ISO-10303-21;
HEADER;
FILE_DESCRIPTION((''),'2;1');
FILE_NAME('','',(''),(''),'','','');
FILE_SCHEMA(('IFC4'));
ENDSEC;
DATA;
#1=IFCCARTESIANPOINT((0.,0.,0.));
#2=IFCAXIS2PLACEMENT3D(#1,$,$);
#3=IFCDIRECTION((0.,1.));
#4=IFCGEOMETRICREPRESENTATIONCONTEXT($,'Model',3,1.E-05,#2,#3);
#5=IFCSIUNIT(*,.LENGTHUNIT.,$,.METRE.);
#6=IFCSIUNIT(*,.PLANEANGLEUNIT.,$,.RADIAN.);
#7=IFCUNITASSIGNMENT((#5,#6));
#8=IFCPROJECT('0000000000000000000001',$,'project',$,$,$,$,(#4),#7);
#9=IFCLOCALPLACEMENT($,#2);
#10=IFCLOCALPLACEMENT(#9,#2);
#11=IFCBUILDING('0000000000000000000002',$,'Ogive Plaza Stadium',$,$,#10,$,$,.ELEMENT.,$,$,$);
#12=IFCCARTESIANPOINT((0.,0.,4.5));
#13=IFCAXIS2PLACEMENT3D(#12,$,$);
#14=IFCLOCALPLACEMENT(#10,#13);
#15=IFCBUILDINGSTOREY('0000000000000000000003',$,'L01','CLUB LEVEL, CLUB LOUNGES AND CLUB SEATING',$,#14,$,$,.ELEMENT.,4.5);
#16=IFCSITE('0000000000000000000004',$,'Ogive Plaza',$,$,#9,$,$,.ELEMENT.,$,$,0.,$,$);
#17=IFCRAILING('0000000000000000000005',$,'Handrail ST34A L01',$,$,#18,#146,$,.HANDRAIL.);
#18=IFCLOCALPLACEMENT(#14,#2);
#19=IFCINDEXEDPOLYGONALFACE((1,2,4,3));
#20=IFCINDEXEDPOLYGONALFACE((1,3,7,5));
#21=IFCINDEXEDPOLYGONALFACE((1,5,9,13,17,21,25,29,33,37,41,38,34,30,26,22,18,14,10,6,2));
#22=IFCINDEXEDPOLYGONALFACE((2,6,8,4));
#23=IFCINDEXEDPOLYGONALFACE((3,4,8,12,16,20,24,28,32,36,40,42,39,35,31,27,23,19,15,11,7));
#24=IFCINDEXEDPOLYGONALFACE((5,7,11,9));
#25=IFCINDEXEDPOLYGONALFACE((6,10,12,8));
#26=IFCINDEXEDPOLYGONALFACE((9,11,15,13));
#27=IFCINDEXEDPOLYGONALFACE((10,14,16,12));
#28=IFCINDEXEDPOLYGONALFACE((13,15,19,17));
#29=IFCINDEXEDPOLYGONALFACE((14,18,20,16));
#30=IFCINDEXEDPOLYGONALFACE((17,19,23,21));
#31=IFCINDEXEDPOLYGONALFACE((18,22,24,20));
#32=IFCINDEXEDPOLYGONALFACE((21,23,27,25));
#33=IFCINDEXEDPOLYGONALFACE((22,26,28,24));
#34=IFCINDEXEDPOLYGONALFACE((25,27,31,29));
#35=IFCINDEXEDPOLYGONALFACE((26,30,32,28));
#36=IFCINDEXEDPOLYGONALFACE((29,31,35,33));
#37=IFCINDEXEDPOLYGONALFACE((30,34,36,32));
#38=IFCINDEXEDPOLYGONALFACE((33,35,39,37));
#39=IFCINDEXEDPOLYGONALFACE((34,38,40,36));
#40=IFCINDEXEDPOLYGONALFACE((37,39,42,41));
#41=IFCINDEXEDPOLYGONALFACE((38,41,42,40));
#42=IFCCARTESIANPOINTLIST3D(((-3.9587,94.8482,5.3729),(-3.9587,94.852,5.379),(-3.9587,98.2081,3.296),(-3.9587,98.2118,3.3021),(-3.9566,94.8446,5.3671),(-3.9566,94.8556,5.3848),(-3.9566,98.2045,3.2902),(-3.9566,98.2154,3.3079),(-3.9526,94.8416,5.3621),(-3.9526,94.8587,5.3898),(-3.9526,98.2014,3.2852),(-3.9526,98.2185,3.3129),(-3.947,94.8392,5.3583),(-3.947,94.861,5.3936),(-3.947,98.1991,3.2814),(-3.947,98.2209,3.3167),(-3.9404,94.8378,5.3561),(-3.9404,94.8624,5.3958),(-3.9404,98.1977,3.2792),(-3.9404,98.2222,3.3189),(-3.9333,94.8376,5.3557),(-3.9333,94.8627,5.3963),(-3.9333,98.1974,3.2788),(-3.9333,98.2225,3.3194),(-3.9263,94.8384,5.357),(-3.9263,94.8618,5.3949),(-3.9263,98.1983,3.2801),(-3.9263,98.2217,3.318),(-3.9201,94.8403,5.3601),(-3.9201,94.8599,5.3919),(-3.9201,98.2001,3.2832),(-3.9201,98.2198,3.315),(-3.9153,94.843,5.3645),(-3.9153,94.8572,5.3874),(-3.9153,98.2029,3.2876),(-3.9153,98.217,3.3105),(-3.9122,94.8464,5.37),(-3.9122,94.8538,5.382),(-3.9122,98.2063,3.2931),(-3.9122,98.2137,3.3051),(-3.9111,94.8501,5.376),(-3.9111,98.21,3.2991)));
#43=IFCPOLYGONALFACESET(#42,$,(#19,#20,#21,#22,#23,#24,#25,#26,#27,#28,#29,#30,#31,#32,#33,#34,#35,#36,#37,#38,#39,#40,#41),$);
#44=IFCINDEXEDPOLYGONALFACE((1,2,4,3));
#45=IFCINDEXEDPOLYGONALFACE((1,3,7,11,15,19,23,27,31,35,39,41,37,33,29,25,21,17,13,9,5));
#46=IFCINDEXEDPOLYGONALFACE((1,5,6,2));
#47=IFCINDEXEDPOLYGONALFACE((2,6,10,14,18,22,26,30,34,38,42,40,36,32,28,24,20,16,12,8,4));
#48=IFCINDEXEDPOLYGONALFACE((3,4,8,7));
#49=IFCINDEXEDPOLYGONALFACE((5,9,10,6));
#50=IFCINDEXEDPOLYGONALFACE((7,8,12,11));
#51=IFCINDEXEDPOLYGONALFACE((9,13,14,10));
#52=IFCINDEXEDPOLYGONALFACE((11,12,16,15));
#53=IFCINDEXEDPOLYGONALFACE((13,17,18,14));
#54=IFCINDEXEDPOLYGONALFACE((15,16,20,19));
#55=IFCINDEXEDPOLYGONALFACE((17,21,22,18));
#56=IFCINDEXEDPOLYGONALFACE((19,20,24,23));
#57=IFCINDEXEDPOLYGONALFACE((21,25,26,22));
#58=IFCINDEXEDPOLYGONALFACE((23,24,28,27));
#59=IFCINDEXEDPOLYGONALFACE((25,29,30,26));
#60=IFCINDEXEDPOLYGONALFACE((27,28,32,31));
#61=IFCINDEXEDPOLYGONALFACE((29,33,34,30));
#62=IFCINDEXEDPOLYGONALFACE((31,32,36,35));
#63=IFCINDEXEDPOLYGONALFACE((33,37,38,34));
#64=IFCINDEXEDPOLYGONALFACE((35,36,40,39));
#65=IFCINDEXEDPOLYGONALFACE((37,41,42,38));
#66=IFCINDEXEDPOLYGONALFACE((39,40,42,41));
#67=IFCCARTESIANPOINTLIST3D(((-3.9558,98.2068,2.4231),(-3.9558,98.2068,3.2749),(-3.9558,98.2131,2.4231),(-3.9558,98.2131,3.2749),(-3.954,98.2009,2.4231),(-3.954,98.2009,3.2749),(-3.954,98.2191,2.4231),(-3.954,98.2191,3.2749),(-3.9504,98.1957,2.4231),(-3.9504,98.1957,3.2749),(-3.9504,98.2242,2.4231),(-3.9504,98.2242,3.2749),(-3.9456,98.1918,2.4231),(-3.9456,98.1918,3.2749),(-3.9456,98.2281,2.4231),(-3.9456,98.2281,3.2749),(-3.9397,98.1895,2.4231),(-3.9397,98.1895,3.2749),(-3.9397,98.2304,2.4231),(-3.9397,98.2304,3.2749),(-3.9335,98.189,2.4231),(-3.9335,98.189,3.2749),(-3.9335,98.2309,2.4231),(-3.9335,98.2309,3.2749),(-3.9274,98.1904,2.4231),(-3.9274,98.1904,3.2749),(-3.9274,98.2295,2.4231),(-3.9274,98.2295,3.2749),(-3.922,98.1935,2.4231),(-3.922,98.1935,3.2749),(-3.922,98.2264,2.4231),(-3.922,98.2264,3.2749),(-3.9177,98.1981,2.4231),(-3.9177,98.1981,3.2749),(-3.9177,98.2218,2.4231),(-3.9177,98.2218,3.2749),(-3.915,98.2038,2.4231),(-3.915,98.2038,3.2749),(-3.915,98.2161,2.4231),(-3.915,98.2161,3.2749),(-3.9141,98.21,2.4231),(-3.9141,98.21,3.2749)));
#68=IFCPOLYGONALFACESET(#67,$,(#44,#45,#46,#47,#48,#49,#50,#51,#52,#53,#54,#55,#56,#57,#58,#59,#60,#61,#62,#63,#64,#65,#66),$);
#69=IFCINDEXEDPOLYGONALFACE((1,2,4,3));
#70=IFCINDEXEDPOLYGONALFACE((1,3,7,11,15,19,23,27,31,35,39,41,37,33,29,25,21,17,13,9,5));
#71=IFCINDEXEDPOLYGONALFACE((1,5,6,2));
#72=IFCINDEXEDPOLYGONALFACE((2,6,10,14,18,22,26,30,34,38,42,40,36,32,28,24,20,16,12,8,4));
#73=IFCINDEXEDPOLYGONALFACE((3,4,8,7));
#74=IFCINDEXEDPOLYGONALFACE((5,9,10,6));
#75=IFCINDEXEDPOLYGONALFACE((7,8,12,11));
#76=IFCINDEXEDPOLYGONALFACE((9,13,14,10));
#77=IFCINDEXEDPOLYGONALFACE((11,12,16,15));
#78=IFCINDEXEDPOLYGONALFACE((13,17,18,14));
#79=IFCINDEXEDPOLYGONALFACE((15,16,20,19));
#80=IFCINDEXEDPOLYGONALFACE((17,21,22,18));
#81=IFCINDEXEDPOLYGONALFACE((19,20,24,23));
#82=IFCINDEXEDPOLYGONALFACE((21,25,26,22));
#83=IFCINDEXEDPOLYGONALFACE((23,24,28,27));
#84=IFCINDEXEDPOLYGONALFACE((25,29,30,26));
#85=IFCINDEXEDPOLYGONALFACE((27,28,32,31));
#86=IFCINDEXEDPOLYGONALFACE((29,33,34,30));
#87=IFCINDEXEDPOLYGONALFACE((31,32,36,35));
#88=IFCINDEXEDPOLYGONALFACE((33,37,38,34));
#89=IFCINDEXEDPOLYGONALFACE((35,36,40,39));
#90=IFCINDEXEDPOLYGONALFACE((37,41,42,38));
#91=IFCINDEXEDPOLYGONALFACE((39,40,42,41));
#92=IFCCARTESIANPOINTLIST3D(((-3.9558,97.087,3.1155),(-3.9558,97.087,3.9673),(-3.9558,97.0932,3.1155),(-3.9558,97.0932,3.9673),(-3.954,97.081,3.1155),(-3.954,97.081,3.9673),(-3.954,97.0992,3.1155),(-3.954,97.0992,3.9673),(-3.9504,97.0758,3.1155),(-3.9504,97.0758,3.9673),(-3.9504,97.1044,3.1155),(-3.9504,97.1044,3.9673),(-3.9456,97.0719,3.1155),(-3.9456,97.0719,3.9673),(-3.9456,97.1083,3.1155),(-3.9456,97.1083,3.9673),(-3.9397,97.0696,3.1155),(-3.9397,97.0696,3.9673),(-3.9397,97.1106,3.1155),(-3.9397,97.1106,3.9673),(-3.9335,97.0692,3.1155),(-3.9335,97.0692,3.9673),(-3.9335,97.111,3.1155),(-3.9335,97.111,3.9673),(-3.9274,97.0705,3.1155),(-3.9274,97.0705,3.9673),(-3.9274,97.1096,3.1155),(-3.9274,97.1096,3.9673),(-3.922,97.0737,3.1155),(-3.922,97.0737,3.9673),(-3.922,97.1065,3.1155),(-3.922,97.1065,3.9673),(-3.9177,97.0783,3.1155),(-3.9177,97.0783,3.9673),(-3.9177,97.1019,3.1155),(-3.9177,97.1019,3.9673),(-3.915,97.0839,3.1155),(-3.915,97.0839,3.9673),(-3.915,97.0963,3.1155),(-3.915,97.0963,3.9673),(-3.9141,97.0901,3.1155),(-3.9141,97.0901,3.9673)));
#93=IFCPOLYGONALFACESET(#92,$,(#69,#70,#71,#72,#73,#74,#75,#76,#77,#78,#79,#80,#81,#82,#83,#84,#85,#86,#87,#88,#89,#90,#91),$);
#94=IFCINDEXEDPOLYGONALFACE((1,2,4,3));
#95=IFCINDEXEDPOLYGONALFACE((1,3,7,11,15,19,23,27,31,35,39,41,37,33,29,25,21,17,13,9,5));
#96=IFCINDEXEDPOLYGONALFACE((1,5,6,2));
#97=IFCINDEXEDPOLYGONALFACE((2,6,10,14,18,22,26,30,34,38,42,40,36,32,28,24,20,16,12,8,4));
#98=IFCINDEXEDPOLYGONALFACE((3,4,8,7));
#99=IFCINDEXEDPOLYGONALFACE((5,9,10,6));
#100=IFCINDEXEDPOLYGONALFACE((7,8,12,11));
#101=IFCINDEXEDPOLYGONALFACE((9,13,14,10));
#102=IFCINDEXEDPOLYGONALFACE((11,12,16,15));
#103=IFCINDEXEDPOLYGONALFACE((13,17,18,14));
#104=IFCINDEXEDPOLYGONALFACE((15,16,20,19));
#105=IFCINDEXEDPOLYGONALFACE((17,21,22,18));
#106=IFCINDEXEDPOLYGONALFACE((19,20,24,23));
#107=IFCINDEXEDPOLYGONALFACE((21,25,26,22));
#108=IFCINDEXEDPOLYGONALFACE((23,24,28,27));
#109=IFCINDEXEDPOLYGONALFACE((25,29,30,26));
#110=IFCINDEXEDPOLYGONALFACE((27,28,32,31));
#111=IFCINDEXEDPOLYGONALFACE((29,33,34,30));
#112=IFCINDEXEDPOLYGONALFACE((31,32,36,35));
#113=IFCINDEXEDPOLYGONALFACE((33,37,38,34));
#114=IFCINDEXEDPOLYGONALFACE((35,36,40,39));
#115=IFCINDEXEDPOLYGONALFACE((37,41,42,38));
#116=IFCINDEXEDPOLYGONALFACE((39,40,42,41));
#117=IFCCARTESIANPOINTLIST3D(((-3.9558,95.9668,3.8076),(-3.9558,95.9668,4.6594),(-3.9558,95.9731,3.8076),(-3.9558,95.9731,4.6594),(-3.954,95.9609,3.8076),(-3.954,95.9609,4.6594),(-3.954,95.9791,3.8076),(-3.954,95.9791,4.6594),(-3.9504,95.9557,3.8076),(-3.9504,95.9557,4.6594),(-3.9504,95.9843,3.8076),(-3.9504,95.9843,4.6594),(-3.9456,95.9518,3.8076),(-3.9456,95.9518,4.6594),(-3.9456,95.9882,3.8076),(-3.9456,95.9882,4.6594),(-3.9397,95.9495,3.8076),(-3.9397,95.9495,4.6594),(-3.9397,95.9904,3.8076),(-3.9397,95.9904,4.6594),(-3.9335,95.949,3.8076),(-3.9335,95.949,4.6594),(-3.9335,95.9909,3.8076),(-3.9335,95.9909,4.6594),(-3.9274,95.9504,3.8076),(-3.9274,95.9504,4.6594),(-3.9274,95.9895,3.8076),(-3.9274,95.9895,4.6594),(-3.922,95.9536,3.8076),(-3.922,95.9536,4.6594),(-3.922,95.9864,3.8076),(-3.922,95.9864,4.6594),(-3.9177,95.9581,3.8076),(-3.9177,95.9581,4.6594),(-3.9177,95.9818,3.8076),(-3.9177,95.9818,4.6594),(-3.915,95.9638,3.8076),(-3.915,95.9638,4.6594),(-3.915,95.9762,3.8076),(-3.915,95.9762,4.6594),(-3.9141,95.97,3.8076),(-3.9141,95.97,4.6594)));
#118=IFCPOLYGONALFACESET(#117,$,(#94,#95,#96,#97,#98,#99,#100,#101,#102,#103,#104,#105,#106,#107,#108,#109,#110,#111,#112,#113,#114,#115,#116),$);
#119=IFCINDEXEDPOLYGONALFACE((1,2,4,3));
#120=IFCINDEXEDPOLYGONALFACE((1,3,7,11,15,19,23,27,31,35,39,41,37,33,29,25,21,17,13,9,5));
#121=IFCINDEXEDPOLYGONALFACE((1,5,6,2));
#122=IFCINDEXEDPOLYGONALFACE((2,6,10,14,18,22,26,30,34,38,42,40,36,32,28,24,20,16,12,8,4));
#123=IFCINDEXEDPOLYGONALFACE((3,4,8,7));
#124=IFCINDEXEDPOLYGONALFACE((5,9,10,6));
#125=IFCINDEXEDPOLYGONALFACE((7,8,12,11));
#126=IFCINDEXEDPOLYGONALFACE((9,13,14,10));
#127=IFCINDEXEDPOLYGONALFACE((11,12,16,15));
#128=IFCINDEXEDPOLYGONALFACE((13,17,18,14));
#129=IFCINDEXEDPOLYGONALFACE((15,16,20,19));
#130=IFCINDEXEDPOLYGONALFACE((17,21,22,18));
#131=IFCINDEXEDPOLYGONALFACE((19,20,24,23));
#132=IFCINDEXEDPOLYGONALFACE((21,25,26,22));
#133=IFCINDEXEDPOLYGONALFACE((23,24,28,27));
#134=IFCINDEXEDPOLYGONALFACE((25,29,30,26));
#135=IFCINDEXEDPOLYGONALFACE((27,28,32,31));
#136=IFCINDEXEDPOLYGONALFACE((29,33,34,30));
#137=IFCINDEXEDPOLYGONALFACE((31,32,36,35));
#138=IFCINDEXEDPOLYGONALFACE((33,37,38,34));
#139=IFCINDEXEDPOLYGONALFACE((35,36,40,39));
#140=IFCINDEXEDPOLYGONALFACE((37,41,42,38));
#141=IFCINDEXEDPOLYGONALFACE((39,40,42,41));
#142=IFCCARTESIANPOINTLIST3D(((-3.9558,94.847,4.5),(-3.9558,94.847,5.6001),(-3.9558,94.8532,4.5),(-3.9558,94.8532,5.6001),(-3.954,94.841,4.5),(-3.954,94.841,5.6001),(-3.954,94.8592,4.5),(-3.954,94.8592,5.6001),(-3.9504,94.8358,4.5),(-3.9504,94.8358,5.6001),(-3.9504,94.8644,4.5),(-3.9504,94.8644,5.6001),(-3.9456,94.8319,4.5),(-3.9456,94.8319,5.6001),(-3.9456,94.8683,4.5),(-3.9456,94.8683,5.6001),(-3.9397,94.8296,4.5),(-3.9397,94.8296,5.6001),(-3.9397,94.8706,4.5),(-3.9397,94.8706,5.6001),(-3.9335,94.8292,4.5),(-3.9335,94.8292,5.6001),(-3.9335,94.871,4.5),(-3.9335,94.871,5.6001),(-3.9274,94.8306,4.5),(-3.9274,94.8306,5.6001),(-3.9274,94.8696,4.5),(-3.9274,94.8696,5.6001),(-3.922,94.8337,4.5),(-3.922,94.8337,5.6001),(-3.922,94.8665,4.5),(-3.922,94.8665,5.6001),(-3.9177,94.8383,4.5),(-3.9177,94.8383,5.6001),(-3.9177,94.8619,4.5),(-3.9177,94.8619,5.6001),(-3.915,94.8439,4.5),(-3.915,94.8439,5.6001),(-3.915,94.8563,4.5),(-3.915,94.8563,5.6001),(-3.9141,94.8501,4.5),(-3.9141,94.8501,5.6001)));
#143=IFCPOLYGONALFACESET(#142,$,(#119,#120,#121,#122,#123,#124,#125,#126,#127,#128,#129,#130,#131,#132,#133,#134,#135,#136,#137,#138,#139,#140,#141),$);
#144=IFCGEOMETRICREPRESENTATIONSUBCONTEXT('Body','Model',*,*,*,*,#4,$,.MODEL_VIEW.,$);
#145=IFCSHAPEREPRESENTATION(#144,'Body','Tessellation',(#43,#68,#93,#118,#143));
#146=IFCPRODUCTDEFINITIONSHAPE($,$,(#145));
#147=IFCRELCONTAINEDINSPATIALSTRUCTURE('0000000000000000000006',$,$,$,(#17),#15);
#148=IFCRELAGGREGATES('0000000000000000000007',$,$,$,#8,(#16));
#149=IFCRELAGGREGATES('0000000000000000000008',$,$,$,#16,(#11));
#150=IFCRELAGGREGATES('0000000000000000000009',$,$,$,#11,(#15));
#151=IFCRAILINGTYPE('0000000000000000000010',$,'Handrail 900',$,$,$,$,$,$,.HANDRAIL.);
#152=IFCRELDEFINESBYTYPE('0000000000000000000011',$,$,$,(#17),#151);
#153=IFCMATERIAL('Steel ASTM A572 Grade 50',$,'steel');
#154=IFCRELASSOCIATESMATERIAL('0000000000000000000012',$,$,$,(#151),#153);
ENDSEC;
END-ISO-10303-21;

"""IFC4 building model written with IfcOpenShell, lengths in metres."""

from ifc_helpers import new_model, si_unit, direction, frame, origin, origin_2d, place, context, subcontext, project, spatial, circle, extrude, material, type_object, element, save


model = new_model("IFC4")

# Units and contexts
model_context = context("Model", 3, precision=1e-05, world=origin(), true_north=direction((0.0, 1.0)))
body_context = subcontext(model_context, "Body", "Model", "MODEL_VIEW")
ifc_project = project(units=[si_unit("LENGTHUNIT", "METRE"), si_unit("PLANEANGLEUNIT", "RADIAN")], contexts=[model_context])

# Site, building, storey
site_placement = place(None, origin())
site = spatial("IfcSite", under=ifc_project, at=site_placement, Name="Ogive Plaza", CompositionType="ELEMENT", RefElevation=0.0)
building_placement = place(site_placement, origin())
building = spatial("IfcBuilding", under=site, at=building_placement, Name="Ogive Plaza Stadium", CompositionType="ELEMENT")
storey_placement = place(building_placement, frame((0.0, 0.0, 4.5)))
storey = spatial("IfcBuildingStorey", under=building, at=storey_placement, Name="L01", Description="CLUB LEVEL, CLUB LOUNGES AND CLUB SEATING", CompositionType="ELEMENT", Elevation=4.5)

# Railing
ifc_material_1 = material(Name="Steel ASTM A572 Grade 50", Category="steel")
railing_type_1 = type_object("IfcRailingType", Name="Handrail 900", PredefinedType="HANDRAIL", material=ifc_material_1)
for number, where, name in (
    (1, (-3.9351, 98.21, 2.4231), "Handrail ST34A L01"),
):
    element("IfcRailing", number, at=place(storey_placement, frame(where)), inside=storey, type_object=railing_type_1, Name=name, PredefinedType="HANDRAIL", context=body_context, shape_type="SweptSolid", body=[
        extrude(circle(Radius=0.0239, at=origin_2d()), frame((0.0, 0.0, 0.876), z_axis=(0.0, -0.850606, 0.525803), x_axis=(1.0, 0.0, 0.0)), (0.0, 0.0, 1.0), 3.95),
        extrude(circle(Radius=0.021, at=origin_2d()), origin(), (0.0, 0.0, 1.0), 0.8518),
        extrude(circle(Radius=0.021, at=origin_2d()), frame((0.0, -1.1199, 0.6924)), (0.0, 0.0, 1.0), 0.8518),
        extrude(circle(Radius=0.021, at=origin_2d()), frame((0.0, -2.24, 1.3845)), (0.0, 0.0, 1.0), 0.8518),
        extrude(circle(Radius=0.021, at=origin_2d()), frame((0.0, -3.3599, 2.0769)), (0.0, 0.0, 1.0), 1.1001),
    ])

save(model, "model.ifc")
